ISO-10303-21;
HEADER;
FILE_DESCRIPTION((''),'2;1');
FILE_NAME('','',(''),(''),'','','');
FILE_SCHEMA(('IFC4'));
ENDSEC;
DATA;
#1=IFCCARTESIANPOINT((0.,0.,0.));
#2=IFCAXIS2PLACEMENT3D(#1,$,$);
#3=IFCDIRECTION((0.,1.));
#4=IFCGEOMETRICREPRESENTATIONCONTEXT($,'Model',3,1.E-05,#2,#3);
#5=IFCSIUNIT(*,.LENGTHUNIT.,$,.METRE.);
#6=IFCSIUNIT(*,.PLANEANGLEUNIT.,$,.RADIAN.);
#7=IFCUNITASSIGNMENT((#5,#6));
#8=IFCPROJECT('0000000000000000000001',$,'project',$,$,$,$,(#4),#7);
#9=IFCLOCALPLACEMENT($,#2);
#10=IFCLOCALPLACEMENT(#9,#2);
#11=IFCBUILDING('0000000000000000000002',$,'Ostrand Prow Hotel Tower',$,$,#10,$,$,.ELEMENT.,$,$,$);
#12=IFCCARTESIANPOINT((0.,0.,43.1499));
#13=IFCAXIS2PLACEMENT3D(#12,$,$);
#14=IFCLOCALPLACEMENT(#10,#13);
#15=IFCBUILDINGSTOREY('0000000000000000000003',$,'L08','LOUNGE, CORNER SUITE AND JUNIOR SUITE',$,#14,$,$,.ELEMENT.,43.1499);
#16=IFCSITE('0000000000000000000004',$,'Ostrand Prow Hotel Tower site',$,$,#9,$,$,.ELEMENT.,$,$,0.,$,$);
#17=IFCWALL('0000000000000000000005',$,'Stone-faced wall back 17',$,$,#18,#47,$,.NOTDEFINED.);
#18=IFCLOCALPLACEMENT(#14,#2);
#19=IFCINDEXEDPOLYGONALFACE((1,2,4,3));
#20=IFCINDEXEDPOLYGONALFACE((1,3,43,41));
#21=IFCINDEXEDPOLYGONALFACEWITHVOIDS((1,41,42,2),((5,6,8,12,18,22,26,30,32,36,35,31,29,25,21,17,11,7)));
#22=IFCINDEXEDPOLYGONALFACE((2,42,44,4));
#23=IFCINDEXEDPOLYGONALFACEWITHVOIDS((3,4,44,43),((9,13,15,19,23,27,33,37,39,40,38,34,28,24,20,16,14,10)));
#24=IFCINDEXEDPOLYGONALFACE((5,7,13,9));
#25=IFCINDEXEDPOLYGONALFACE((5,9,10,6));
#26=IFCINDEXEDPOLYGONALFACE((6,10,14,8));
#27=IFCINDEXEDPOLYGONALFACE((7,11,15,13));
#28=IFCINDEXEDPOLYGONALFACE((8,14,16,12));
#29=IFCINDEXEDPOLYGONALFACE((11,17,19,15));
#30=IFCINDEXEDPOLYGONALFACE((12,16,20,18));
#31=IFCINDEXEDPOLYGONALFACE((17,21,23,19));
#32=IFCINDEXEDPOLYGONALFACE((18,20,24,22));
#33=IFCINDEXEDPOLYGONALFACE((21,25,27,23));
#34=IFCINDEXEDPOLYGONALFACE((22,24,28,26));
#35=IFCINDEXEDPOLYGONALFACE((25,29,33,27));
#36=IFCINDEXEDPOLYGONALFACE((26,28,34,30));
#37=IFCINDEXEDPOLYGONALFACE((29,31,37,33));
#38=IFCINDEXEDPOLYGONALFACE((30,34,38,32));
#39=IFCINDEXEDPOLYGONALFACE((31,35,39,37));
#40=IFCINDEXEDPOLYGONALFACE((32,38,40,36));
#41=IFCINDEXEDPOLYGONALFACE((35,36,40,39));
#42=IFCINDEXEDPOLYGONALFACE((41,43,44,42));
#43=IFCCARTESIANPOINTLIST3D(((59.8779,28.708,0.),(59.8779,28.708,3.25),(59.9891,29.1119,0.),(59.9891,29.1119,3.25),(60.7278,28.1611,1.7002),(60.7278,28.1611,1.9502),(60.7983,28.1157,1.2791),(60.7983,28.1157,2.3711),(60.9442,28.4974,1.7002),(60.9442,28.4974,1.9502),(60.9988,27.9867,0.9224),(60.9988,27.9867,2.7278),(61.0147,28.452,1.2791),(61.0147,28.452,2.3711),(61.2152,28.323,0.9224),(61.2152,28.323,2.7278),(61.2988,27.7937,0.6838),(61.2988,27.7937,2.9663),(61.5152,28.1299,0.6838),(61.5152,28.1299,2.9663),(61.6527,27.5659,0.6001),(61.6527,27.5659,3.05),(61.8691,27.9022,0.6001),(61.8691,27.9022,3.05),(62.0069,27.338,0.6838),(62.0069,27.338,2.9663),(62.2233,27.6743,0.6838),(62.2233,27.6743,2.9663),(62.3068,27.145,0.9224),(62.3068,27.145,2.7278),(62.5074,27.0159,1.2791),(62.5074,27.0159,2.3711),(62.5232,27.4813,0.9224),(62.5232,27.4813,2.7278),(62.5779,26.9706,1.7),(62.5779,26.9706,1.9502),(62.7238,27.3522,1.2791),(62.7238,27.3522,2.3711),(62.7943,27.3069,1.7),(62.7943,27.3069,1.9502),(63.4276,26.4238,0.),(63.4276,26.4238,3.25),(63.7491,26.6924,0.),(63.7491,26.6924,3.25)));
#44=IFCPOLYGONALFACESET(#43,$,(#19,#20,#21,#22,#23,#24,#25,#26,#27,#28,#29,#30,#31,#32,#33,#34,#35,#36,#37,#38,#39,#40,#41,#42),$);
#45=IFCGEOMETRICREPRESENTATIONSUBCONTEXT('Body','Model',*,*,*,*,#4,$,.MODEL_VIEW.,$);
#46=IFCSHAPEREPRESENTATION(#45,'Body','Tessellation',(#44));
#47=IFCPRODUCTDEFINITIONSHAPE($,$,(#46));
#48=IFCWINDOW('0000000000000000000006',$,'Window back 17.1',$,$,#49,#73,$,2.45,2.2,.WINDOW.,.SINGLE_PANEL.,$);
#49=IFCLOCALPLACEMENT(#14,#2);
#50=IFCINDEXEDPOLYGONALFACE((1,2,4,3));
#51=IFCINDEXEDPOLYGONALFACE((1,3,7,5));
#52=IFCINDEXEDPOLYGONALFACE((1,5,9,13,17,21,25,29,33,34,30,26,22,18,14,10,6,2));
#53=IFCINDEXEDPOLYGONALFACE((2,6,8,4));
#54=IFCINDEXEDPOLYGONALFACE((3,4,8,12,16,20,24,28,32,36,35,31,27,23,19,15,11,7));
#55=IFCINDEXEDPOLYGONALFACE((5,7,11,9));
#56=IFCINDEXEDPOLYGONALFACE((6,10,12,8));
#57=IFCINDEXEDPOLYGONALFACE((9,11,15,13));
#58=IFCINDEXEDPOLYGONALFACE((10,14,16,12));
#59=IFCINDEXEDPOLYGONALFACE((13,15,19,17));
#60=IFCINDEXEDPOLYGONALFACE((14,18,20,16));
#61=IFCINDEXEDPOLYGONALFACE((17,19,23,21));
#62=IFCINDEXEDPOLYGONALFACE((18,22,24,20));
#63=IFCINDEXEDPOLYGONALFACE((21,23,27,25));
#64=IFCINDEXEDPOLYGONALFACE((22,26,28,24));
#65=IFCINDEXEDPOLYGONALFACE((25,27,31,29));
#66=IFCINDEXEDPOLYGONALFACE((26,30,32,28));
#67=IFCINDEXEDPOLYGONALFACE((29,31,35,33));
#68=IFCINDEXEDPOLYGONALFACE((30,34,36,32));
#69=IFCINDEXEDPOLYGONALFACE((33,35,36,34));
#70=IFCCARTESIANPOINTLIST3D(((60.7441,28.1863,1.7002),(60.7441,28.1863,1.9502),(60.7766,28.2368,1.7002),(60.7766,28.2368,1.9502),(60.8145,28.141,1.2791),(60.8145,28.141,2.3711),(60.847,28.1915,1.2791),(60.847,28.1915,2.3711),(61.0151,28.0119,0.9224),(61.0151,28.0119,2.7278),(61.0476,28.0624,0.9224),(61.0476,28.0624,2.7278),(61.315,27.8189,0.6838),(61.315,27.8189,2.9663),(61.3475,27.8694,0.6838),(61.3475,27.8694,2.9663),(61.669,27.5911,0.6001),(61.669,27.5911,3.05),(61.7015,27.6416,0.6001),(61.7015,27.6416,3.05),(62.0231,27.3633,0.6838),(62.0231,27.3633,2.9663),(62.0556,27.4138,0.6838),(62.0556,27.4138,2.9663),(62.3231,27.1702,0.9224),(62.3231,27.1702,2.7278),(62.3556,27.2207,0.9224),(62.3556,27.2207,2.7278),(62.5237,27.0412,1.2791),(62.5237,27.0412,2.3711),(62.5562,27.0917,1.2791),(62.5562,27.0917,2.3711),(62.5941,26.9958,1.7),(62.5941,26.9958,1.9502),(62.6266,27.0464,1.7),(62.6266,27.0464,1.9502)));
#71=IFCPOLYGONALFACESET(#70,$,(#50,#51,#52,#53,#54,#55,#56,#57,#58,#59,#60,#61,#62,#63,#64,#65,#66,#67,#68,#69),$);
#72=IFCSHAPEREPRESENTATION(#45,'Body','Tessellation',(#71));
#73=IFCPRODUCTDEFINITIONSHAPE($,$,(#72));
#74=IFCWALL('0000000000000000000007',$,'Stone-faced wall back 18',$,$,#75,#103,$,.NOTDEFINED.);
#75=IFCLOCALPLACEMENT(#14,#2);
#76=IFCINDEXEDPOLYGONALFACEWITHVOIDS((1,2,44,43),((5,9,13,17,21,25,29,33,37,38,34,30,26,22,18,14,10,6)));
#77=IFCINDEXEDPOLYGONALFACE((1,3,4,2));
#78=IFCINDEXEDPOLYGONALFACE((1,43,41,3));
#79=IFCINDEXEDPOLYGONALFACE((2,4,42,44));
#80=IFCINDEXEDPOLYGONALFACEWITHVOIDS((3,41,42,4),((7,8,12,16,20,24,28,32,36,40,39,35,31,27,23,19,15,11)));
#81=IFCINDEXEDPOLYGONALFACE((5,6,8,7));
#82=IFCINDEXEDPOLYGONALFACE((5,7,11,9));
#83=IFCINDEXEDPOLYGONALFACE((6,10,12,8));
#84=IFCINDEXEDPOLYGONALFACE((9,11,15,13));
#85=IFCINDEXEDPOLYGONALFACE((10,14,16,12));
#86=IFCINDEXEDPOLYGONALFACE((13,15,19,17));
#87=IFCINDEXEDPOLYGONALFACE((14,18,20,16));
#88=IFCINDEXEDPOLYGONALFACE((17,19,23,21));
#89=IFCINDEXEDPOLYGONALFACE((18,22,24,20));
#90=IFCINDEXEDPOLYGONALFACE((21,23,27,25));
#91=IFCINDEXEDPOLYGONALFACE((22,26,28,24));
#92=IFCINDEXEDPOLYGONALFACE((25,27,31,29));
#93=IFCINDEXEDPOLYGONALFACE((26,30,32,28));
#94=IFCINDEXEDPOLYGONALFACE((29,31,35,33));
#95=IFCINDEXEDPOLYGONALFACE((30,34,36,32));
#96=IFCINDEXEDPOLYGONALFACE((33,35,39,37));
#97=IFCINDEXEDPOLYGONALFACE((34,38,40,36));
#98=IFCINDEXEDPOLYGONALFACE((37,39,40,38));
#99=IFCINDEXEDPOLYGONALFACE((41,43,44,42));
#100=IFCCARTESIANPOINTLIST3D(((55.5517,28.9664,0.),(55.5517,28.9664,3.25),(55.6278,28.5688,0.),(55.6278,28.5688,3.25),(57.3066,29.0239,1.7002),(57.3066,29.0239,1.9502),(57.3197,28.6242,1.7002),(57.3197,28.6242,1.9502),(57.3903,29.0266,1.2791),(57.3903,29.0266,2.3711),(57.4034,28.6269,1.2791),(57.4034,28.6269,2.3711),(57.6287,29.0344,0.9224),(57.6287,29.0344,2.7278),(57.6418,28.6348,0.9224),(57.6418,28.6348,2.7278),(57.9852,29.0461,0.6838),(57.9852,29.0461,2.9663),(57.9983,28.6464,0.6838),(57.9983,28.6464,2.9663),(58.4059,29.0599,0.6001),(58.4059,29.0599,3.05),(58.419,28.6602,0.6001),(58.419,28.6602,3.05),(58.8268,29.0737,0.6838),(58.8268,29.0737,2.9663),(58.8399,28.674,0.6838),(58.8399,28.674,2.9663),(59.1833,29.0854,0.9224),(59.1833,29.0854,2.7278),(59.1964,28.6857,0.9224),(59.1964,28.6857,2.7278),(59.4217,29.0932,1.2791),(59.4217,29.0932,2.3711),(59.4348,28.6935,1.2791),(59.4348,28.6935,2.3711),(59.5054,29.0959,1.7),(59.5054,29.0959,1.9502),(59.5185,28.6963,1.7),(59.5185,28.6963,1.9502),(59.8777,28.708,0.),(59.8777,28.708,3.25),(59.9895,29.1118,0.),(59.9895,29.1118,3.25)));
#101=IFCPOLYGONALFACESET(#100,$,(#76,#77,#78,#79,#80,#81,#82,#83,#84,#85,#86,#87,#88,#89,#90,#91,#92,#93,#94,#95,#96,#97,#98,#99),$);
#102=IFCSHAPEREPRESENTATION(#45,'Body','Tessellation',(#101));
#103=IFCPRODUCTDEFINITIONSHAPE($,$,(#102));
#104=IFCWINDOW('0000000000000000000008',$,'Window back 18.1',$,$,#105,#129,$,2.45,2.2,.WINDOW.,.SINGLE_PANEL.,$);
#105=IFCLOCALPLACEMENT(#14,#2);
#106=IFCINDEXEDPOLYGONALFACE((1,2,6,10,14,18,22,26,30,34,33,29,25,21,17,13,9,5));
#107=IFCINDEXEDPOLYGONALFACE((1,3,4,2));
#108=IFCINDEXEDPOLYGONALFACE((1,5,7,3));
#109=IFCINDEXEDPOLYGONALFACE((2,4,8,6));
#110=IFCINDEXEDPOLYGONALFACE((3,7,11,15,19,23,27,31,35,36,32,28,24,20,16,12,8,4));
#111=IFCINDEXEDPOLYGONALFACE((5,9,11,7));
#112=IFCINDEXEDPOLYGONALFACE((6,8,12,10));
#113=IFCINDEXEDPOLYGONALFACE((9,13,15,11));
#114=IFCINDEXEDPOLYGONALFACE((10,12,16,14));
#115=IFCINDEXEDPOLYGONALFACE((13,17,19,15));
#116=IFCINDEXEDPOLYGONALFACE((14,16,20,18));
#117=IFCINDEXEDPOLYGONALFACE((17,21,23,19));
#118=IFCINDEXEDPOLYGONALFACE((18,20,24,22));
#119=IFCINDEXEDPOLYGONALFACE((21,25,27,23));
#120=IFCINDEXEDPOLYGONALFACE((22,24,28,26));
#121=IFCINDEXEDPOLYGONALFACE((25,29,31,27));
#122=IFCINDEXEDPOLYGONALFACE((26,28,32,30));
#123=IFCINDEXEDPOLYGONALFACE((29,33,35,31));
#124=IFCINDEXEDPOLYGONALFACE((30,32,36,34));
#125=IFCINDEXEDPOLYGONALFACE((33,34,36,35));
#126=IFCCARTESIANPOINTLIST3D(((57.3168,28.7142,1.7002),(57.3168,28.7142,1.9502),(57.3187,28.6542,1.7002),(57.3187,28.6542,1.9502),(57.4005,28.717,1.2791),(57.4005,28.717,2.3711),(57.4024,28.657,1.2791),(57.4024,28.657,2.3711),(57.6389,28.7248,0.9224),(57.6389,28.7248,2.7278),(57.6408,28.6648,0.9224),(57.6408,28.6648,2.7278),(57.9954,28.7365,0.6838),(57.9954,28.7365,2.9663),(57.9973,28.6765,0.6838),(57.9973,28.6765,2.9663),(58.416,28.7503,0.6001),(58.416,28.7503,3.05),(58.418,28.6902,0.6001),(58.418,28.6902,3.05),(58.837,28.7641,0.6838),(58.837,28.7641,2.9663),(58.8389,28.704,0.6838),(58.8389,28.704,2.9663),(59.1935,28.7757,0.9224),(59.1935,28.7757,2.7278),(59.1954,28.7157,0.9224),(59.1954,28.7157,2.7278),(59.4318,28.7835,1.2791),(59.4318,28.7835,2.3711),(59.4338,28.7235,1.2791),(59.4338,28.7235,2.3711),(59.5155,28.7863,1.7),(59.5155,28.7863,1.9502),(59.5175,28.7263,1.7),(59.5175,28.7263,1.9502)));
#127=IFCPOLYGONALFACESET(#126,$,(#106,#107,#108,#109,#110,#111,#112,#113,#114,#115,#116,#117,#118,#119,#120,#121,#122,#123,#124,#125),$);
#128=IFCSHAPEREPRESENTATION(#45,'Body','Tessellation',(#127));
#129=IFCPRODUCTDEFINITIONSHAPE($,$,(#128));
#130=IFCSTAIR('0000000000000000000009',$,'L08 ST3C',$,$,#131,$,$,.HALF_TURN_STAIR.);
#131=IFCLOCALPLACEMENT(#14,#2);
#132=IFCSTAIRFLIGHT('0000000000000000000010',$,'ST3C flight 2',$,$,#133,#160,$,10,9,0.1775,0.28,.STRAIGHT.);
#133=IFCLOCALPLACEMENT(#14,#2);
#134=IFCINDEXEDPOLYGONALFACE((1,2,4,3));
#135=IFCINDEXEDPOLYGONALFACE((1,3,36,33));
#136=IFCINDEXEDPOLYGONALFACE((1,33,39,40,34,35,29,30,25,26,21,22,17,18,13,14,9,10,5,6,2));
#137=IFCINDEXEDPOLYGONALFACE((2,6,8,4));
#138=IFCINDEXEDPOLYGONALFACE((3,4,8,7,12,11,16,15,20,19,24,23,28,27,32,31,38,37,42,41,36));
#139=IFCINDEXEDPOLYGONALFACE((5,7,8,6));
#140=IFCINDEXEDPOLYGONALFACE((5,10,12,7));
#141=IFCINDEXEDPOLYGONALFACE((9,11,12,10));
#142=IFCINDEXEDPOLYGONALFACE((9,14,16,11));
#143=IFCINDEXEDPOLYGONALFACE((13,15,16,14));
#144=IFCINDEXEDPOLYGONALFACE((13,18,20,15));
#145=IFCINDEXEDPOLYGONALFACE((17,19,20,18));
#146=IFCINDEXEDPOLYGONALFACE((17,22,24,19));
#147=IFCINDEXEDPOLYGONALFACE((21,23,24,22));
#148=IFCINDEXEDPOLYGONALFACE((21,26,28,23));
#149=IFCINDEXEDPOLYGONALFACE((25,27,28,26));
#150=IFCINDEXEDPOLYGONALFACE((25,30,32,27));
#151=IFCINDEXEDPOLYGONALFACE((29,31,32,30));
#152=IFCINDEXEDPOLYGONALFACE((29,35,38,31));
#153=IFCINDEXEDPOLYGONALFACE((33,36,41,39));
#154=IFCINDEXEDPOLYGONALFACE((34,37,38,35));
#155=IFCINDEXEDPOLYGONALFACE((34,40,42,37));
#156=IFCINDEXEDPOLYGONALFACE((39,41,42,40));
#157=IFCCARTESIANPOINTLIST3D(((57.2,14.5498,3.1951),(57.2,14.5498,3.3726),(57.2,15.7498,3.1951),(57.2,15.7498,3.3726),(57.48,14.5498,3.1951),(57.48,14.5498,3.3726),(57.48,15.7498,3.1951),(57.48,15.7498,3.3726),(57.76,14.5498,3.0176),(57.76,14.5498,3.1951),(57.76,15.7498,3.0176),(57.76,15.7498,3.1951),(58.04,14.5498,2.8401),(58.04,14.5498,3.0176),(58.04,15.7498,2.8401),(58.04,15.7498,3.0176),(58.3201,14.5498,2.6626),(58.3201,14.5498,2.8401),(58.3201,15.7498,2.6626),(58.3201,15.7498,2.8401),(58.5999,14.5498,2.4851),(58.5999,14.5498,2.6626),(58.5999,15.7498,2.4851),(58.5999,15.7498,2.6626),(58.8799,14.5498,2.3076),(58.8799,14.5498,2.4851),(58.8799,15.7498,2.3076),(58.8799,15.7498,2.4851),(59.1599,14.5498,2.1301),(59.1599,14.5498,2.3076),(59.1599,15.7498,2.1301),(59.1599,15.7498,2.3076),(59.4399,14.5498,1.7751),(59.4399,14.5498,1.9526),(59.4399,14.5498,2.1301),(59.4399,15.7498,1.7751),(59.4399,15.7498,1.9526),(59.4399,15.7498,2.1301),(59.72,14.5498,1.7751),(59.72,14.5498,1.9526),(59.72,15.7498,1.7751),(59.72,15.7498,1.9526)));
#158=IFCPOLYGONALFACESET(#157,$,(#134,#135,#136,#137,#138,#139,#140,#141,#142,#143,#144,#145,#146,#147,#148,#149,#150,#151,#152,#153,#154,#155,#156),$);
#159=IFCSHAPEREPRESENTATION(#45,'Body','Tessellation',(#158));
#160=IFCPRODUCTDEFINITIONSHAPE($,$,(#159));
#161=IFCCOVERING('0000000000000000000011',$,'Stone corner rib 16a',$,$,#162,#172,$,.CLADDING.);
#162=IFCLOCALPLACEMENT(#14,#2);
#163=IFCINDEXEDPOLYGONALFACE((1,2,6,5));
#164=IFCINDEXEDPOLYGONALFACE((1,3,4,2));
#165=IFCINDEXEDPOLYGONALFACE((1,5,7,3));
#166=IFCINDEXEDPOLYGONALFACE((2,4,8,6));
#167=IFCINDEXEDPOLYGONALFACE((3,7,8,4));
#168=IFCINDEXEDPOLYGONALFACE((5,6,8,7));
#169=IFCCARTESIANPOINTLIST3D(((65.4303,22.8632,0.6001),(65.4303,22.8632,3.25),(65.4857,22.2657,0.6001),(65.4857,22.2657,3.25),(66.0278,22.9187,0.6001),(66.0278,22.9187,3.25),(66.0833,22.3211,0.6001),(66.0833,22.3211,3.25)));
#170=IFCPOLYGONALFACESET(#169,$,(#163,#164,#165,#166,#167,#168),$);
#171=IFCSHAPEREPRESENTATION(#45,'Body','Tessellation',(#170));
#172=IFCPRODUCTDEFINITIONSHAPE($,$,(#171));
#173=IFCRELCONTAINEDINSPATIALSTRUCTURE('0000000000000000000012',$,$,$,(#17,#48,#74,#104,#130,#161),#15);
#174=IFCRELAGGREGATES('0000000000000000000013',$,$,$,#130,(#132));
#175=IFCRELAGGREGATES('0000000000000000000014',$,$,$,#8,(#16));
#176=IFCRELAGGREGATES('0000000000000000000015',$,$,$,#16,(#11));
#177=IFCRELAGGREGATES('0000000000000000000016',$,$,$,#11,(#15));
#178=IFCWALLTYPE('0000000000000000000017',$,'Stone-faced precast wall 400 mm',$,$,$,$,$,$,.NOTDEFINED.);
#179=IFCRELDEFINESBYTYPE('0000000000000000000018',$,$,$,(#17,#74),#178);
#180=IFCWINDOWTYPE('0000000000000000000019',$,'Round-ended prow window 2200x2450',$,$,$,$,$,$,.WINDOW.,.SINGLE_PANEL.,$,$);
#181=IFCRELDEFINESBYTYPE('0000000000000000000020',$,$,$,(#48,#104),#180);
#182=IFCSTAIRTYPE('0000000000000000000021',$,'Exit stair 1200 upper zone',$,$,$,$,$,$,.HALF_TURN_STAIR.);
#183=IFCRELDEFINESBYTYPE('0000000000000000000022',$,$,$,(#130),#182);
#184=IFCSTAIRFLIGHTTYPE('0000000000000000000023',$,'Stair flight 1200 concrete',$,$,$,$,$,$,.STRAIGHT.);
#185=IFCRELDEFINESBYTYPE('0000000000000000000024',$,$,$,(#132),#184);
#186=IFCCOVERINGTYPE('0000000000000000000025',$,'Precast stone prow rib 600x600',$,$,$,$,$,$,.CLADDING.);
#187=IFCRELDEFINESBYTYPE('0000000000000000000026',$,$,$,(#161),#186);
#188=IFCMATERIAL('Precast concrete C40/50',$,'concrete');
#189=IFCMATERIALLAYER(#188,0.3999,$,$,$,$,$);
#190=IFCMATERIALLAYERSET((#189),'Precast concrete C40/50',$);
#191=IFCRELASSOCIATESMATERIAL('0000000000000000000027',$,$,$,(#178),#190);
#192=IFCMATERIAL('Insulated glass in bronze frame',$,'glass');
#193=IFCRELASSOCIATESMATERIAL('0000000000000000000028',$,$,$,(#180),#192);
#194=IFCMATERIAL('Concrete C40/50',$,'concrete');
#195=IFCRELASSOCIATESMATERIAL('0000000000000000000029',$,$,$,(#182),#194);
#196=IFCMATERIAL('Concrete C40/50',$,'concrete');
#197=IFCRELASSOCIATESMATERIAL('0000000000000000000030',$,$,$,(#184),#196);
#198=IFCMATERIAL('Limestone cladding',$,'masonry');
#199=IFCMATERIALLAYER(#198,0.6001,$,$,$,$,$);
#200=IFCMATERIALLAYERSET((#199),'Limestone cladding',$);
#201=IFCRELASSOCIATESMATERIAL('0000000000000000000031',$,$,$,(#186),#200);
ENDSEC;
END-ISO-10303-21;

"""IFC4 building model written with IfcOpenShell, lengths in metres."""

from ifc_helpers import new_model, si_unit, direction, frame, frame_2d, origin, place, context, subcontext, project, spatial, polyline, rectangle, outline, extrude, material, layer, layer_set, type_object, element, fill, aggregate, save


model = new_model("IFC4")

# Units and contexts
model_context = context("Model", 3, precision=1e-05, world=origin(), true_north=direction((0.0, 1.0)))
body_context = subcontext(model_context, "Body", "Model", "MODEL_VIEW")
ifc_project = project(units=[si_unit("LENGTHUNIT", "METRE"), si_unit("PLANEANGLEUNIT", "RADIAN")], contexts=[model_context])

# Site, building, storey
site_placement = place(None, origin())
site = spatial("IfcSite", under=ifc_project, at=site_placement, Name="Ostrand Prow Hotel Tower site", CompositionType="ELEMENT", RefElevation=0.0)
building_placement = place(site_placement, origin())
building = spatial("IfcBuilding", under=site, at=building_placement, Name="Ostrand Prow Hotel Tower", CompositionType="ELEMENT")
storey_placement = place(building_placement, frame((0.0, 0.0, 43.1499)))
storey = spatial("IfcBuildingStorey", under=building, at=storey_placement, Name="L08", Description="LOUNGE, CORNER SUITE AND JUNIOR SUITE", CompositionType="ELEMENT", Elevation=43.1499)

# Walls, openings, windows
ifc_material_1 = material(Name="Precast concrete C40/50", Category="concrete")
ifc_layer_1 = layer(ifc_material_1, 0.3999)
ifc_layer_set_1 = layer_set([ifc_layer_1], Name="Precast concrete C40/50")
wall_type_1 = type_object("IfcWallType", Name="Stone-faced precast wall 400 mm", PredefinedType="NOTDEFINED", material=ifc_layer_set_1)
ifc_material_2 = material(Name="Insulated glass in bronze frame", Category="glass")
window_type_1 = type_object("IfcWindowType", Name="Round-ended prow window 2200x2450", PartitioningType="SINGLE_PANEL", PredefinedType="WINDOW", material=ifc_material_2)
wall_1_placement = place(storey_placement, frame((63.5884, 26.5581, 0.0), z_axis=(0.0, 0.0, 1.0), x_axis=(-0.840937, 0.541132, 0.0)))
wall_1 = element("IfcWall", 1, at=wall_1_placement, inside=storey, type_object=wall_type_1, Name="Stone-faced wall back 17", PredefinedType="NOTDEFINED", context=body_context, shape_type="SweptSolid", body=[
    extrude(outline(polyline([(-0.0625, -0.2), (4.4087, -0.2), (4.2837, 0.2), (0.0625, 0.2), (-0.0625, -0.2)])), origin(), (0.0, 0.0, 1.0), 3.25),
])
opening_1_placement = place(wall_1_placement, frame((1.073, 0.0, 0.6001)))
opening_1 = element("IfcOpeningElement", 2, at=opening_1_placement, cuts=wall_1, PredefinedType="OPENING", context=body_context, shape_type="SweptSolid", body=[
    extrude(outline(polyline([(0.0, 1.3501), (0.0837, 1.771), (0.3223, 2.1277), (0.679, 2.3662), (1.1001, 2.45), (1.521, 2.3662), (1.8777, 2.1277), (2.1162, 1.771), (2.2, 1.3501), (2.2, 1.1001), (2.1162, 0.679), (1.8777, 0.3223), (1.521, 0.0837), (1.1001, 0.0), (0.679, 0.0837), (0.3223, 0.3223), (0.0837, 0.679), (0.0, 1.0999), (0.0, 1.3501)])), frame((0.0, 0.21, 0.0), z_axis=(0.0, -1.0, 0.0), x_axis=(1.0, 0.0, 0.0)), (0.0, 0.0, 1.0), 0.4199),
])
window_1_placement = place(opening_1_placement, origin())
window_1 = element("IfcWindow", 3, at=window_1_placement, inside=storey, type_object=window_type_1, Name="Window back 17.1", OverallHeight=2.45, OverallWidth=2.2, PartitioningType="SINGLE_PANEL", PredefinedType="WINDOW", context=body_context, shape_type="SweptSolid", body=[
    extrude(outline(polyline([(0.0, 1.3501), (0.0837, 1.771), (0.3223, 2.1277), (0.679, 2.3662), (1.1001, 2.45), (1.521, 2.3662), (1.8777, 2.1277), (2.1162, 1.771), (2.2, 1.3501), (2.2, 1.1001), (2.1162, 0.679), (1.8777, 0.3223), (1.521, 0.0837), (1.1001, 0.0), (0.679, 0.0837), (0.3223, 0.3223), (0.0837, 0.679), (0.0, 1.0999), (0.0, 1.3501)])), frame((0.0, 0.1699, 0.0), z_axis=(0.0, -1.0, 0.0), x_axis=(1.0, 0.0, 0.0)), (0.0, 0.0, 1.0), 0.0601),
])
fill(opening_1, window_1)
wall_2_placement = place(storey_placement, frame((59.9336, 28.9099, 0.0), z_axis=(0.0, 0.0, 1.0), x_axis=(-0.999464, -0.03275, 0.0)))
wall_2 = element("IfcWall", 4, at=wall_2_placement, inside=storey, type_object=wall_type_1, Name="Stone-faced wall back 18", PredefinedType="NOTDEFINED", context=body_context, shape_type="SweptSolid", body=[
    extrude(outline(polyline([(-0.0625, -0.2), (4.3777, -0.2), (4.3147, 0.2), (0.0625, 0.2), (-0.0625, -0.2)])), origin(), (0.0, 0.0, 1.0), 3.25),
])
opening_2_placement = place(wall_2_placement, frame((0.4219, 0.0, 0.6001)))
opening_2 = element("IfcOpeningElement", 5, at=opening_2_placement, cuts=wall_2, PredefinedType="OPENING", context=body_context, shape_type="SweptSolid", body=[
    extrude(outline(polyline([(0.0, 1.3501), (0.0837, 1.771), (0.3223, 2.1277), (0.679, 2.3662), (1.1001, 2.45), (1.521, 2.3662), (1.8777, 2.1277), (2.1162, 1.771), (2.2, 1.3501), (2.2, 1.1001), (2.1162, 0.679), (1.8777, 0.3223), (1.521, 0.0837), (1.1001, 0.0), (0.679, 0.0837), (0.3223, 0.3223), (0.0837, 0.679), (0.0, 1.0999), (0.0, 1.3501)])), frame((0.0, 0.21, 0.0), z_axis=(0.0, -1.0, 0.0), x_axis=(1.0, 0.0, 0.0)), (0.0, 0.0, 1.0), 0.4199),
])
window_2_placement = place(opening_2_placement, origin())
window_2 = element("IfcWindow", 6, at=window_2_placement, inside=storey, type_object=window_type_1, Name="Window back 18.1", OverallHeight=2.45, OverallWidth=2.2, PartitioningType="SINGLE_PANEL", PredefinedType="WINDOW", context=body_context, shape_type="SweptSolid", body=[
    extrude(outline(polyline([(0.0, 1.3501), (0.0837, 1.771), (0.3223, 2.1277), (0.679, 2.3662), (1.1001, 2.45), (1.521, 2.3662), (1.8777, 2.1277), (2.1162, 1.771), (2.2, 1.3501), (2.2, 1.1001), (2.1162, 0.679), (1.8777, 0.3223), (1.521, 0.0837), (1.1001, 0.0), (0.679, 0.0837), (0.3223, 0.3223), (0.0837, 0.679), (0.0, 1.0999), (0.0, 1.3501)])), frame((0.0, 0.1699, 0.0), z_axis=(0.0, -1.0, 0.0), x_axis=(1.0, 0.0, 0.0)), (0.0, 0.0, 1.0), 0.0601),
])
fill(opening_2, window_2)

# Stair, stair flight
ifc_material_3 = material(Name="Concrete C40/50", Category="concrete")
stair_type = type_object("IfcStairType", Name="Exit stair 1200 upper zone", PredefinedType="HALF_TURN_STAIR", material=ifc_material_3)
stair_placement = place(storey_placement, origin())
stair = element("IfcStair", 7, at=stair_placement, inside=storey, type_object=stair_type, Name="L08 ST3C", PredefinedType="HALF_TURN_STAIR")
ifc_material_4 = material(Name="Concrete C40/50", Category="concrete")
stair_flight_type = type_object("IfcStairFlightType", Name="Stair flight 1200 concrete", PredefinedType="STRAIGHT", material=ifc_material_4)
stair_flight_placement = place(storey_placement, frame((59.72, 15.1499, 1.7751), z_axis=(0.0, 0.0, 1.0), x_axis=(-1.0, 0.0, 0.0)))
stair_flight = element("IfcStairFlight", 8, at=stair_flight_placement, type_object=stair_flight_type, Name="ST3C flight 2", NumberOfRisers=10, NumberOfTreads=9, PredefinedType="STRAIGHT", RiserHeight=0.1775, TreadLength=0.28, context=body_context, shape_type="SweptSolid", body=[
    extrude(outline(polyline([(0.0, 0.0), (0.0, 0.1775), (0.28, 0.1775), (0.28, 0.355), (0.5601, 0.355), (0.5601, 0.5325), (0.8401, 0.5325), (0.8401, 0.71), (1.1201, 0.71), (1.1201, 0.8875), (1.3999, 0.8875), (1.3999, 1.0649), (1.6799, 1.0649), (1.6799, 1.2424), (1.96, 1.2424), (1.96, 1.4199), (2.24, 1.4199), (2.24, 1.5974), (2.52, 1.5974), (2.52, 1.7749), (2.52, 1.4199), (0.28, 0.0), (0.0, 0.0)])), frame((0.0, 0.6001, 0.0), z_axis=(0.0, -1.0, 0.0), x_axis=(1.0, 0.0, 0.0)), (0.0, 0.0, 1.0), 1.2),
])
aggregate(stair, [stair_flight])

# Covering
ifc_material_5 = material(Name="Limestone cladding", Category="masonry")
ifc_layer_2 = layer(ifc_material_5, 0.6001)
ifc_layer_set_2 = layer_set([ifc_layer_2], Name="Limestone cladding")
covering_type = type_object("IfcCoveringType", Name="Precast stone prow rib 600x600", PredefinedType="CLADDING", material=ifc_layer_set_2)
for number, where, z_axis, x_axis, name in (
    (9, (65.458, 22.5645, 0.6001), (0.0, 0.0, 1.0), (0.995725, 0.09237, 0.0), "Stone corner rib 16a"),
):
    element("IfcCovering", number, at=place(storey_placement, frame(where, z_axis=z_axis, x_axis=x_axis)), inside=storey, type_object=covering_type, Name=name, PredefinedType="CLADDING", context=body_context, shape_type="SweptSolid", body=[
        extrude(rectangle(XDim=0.6001, YDim=0.6001, at=frame_2d((0.3, 0.0))), origin(), (0.0, 0.0, 1.0), 2.6499),
    ])

save(model, "model.ifc")
